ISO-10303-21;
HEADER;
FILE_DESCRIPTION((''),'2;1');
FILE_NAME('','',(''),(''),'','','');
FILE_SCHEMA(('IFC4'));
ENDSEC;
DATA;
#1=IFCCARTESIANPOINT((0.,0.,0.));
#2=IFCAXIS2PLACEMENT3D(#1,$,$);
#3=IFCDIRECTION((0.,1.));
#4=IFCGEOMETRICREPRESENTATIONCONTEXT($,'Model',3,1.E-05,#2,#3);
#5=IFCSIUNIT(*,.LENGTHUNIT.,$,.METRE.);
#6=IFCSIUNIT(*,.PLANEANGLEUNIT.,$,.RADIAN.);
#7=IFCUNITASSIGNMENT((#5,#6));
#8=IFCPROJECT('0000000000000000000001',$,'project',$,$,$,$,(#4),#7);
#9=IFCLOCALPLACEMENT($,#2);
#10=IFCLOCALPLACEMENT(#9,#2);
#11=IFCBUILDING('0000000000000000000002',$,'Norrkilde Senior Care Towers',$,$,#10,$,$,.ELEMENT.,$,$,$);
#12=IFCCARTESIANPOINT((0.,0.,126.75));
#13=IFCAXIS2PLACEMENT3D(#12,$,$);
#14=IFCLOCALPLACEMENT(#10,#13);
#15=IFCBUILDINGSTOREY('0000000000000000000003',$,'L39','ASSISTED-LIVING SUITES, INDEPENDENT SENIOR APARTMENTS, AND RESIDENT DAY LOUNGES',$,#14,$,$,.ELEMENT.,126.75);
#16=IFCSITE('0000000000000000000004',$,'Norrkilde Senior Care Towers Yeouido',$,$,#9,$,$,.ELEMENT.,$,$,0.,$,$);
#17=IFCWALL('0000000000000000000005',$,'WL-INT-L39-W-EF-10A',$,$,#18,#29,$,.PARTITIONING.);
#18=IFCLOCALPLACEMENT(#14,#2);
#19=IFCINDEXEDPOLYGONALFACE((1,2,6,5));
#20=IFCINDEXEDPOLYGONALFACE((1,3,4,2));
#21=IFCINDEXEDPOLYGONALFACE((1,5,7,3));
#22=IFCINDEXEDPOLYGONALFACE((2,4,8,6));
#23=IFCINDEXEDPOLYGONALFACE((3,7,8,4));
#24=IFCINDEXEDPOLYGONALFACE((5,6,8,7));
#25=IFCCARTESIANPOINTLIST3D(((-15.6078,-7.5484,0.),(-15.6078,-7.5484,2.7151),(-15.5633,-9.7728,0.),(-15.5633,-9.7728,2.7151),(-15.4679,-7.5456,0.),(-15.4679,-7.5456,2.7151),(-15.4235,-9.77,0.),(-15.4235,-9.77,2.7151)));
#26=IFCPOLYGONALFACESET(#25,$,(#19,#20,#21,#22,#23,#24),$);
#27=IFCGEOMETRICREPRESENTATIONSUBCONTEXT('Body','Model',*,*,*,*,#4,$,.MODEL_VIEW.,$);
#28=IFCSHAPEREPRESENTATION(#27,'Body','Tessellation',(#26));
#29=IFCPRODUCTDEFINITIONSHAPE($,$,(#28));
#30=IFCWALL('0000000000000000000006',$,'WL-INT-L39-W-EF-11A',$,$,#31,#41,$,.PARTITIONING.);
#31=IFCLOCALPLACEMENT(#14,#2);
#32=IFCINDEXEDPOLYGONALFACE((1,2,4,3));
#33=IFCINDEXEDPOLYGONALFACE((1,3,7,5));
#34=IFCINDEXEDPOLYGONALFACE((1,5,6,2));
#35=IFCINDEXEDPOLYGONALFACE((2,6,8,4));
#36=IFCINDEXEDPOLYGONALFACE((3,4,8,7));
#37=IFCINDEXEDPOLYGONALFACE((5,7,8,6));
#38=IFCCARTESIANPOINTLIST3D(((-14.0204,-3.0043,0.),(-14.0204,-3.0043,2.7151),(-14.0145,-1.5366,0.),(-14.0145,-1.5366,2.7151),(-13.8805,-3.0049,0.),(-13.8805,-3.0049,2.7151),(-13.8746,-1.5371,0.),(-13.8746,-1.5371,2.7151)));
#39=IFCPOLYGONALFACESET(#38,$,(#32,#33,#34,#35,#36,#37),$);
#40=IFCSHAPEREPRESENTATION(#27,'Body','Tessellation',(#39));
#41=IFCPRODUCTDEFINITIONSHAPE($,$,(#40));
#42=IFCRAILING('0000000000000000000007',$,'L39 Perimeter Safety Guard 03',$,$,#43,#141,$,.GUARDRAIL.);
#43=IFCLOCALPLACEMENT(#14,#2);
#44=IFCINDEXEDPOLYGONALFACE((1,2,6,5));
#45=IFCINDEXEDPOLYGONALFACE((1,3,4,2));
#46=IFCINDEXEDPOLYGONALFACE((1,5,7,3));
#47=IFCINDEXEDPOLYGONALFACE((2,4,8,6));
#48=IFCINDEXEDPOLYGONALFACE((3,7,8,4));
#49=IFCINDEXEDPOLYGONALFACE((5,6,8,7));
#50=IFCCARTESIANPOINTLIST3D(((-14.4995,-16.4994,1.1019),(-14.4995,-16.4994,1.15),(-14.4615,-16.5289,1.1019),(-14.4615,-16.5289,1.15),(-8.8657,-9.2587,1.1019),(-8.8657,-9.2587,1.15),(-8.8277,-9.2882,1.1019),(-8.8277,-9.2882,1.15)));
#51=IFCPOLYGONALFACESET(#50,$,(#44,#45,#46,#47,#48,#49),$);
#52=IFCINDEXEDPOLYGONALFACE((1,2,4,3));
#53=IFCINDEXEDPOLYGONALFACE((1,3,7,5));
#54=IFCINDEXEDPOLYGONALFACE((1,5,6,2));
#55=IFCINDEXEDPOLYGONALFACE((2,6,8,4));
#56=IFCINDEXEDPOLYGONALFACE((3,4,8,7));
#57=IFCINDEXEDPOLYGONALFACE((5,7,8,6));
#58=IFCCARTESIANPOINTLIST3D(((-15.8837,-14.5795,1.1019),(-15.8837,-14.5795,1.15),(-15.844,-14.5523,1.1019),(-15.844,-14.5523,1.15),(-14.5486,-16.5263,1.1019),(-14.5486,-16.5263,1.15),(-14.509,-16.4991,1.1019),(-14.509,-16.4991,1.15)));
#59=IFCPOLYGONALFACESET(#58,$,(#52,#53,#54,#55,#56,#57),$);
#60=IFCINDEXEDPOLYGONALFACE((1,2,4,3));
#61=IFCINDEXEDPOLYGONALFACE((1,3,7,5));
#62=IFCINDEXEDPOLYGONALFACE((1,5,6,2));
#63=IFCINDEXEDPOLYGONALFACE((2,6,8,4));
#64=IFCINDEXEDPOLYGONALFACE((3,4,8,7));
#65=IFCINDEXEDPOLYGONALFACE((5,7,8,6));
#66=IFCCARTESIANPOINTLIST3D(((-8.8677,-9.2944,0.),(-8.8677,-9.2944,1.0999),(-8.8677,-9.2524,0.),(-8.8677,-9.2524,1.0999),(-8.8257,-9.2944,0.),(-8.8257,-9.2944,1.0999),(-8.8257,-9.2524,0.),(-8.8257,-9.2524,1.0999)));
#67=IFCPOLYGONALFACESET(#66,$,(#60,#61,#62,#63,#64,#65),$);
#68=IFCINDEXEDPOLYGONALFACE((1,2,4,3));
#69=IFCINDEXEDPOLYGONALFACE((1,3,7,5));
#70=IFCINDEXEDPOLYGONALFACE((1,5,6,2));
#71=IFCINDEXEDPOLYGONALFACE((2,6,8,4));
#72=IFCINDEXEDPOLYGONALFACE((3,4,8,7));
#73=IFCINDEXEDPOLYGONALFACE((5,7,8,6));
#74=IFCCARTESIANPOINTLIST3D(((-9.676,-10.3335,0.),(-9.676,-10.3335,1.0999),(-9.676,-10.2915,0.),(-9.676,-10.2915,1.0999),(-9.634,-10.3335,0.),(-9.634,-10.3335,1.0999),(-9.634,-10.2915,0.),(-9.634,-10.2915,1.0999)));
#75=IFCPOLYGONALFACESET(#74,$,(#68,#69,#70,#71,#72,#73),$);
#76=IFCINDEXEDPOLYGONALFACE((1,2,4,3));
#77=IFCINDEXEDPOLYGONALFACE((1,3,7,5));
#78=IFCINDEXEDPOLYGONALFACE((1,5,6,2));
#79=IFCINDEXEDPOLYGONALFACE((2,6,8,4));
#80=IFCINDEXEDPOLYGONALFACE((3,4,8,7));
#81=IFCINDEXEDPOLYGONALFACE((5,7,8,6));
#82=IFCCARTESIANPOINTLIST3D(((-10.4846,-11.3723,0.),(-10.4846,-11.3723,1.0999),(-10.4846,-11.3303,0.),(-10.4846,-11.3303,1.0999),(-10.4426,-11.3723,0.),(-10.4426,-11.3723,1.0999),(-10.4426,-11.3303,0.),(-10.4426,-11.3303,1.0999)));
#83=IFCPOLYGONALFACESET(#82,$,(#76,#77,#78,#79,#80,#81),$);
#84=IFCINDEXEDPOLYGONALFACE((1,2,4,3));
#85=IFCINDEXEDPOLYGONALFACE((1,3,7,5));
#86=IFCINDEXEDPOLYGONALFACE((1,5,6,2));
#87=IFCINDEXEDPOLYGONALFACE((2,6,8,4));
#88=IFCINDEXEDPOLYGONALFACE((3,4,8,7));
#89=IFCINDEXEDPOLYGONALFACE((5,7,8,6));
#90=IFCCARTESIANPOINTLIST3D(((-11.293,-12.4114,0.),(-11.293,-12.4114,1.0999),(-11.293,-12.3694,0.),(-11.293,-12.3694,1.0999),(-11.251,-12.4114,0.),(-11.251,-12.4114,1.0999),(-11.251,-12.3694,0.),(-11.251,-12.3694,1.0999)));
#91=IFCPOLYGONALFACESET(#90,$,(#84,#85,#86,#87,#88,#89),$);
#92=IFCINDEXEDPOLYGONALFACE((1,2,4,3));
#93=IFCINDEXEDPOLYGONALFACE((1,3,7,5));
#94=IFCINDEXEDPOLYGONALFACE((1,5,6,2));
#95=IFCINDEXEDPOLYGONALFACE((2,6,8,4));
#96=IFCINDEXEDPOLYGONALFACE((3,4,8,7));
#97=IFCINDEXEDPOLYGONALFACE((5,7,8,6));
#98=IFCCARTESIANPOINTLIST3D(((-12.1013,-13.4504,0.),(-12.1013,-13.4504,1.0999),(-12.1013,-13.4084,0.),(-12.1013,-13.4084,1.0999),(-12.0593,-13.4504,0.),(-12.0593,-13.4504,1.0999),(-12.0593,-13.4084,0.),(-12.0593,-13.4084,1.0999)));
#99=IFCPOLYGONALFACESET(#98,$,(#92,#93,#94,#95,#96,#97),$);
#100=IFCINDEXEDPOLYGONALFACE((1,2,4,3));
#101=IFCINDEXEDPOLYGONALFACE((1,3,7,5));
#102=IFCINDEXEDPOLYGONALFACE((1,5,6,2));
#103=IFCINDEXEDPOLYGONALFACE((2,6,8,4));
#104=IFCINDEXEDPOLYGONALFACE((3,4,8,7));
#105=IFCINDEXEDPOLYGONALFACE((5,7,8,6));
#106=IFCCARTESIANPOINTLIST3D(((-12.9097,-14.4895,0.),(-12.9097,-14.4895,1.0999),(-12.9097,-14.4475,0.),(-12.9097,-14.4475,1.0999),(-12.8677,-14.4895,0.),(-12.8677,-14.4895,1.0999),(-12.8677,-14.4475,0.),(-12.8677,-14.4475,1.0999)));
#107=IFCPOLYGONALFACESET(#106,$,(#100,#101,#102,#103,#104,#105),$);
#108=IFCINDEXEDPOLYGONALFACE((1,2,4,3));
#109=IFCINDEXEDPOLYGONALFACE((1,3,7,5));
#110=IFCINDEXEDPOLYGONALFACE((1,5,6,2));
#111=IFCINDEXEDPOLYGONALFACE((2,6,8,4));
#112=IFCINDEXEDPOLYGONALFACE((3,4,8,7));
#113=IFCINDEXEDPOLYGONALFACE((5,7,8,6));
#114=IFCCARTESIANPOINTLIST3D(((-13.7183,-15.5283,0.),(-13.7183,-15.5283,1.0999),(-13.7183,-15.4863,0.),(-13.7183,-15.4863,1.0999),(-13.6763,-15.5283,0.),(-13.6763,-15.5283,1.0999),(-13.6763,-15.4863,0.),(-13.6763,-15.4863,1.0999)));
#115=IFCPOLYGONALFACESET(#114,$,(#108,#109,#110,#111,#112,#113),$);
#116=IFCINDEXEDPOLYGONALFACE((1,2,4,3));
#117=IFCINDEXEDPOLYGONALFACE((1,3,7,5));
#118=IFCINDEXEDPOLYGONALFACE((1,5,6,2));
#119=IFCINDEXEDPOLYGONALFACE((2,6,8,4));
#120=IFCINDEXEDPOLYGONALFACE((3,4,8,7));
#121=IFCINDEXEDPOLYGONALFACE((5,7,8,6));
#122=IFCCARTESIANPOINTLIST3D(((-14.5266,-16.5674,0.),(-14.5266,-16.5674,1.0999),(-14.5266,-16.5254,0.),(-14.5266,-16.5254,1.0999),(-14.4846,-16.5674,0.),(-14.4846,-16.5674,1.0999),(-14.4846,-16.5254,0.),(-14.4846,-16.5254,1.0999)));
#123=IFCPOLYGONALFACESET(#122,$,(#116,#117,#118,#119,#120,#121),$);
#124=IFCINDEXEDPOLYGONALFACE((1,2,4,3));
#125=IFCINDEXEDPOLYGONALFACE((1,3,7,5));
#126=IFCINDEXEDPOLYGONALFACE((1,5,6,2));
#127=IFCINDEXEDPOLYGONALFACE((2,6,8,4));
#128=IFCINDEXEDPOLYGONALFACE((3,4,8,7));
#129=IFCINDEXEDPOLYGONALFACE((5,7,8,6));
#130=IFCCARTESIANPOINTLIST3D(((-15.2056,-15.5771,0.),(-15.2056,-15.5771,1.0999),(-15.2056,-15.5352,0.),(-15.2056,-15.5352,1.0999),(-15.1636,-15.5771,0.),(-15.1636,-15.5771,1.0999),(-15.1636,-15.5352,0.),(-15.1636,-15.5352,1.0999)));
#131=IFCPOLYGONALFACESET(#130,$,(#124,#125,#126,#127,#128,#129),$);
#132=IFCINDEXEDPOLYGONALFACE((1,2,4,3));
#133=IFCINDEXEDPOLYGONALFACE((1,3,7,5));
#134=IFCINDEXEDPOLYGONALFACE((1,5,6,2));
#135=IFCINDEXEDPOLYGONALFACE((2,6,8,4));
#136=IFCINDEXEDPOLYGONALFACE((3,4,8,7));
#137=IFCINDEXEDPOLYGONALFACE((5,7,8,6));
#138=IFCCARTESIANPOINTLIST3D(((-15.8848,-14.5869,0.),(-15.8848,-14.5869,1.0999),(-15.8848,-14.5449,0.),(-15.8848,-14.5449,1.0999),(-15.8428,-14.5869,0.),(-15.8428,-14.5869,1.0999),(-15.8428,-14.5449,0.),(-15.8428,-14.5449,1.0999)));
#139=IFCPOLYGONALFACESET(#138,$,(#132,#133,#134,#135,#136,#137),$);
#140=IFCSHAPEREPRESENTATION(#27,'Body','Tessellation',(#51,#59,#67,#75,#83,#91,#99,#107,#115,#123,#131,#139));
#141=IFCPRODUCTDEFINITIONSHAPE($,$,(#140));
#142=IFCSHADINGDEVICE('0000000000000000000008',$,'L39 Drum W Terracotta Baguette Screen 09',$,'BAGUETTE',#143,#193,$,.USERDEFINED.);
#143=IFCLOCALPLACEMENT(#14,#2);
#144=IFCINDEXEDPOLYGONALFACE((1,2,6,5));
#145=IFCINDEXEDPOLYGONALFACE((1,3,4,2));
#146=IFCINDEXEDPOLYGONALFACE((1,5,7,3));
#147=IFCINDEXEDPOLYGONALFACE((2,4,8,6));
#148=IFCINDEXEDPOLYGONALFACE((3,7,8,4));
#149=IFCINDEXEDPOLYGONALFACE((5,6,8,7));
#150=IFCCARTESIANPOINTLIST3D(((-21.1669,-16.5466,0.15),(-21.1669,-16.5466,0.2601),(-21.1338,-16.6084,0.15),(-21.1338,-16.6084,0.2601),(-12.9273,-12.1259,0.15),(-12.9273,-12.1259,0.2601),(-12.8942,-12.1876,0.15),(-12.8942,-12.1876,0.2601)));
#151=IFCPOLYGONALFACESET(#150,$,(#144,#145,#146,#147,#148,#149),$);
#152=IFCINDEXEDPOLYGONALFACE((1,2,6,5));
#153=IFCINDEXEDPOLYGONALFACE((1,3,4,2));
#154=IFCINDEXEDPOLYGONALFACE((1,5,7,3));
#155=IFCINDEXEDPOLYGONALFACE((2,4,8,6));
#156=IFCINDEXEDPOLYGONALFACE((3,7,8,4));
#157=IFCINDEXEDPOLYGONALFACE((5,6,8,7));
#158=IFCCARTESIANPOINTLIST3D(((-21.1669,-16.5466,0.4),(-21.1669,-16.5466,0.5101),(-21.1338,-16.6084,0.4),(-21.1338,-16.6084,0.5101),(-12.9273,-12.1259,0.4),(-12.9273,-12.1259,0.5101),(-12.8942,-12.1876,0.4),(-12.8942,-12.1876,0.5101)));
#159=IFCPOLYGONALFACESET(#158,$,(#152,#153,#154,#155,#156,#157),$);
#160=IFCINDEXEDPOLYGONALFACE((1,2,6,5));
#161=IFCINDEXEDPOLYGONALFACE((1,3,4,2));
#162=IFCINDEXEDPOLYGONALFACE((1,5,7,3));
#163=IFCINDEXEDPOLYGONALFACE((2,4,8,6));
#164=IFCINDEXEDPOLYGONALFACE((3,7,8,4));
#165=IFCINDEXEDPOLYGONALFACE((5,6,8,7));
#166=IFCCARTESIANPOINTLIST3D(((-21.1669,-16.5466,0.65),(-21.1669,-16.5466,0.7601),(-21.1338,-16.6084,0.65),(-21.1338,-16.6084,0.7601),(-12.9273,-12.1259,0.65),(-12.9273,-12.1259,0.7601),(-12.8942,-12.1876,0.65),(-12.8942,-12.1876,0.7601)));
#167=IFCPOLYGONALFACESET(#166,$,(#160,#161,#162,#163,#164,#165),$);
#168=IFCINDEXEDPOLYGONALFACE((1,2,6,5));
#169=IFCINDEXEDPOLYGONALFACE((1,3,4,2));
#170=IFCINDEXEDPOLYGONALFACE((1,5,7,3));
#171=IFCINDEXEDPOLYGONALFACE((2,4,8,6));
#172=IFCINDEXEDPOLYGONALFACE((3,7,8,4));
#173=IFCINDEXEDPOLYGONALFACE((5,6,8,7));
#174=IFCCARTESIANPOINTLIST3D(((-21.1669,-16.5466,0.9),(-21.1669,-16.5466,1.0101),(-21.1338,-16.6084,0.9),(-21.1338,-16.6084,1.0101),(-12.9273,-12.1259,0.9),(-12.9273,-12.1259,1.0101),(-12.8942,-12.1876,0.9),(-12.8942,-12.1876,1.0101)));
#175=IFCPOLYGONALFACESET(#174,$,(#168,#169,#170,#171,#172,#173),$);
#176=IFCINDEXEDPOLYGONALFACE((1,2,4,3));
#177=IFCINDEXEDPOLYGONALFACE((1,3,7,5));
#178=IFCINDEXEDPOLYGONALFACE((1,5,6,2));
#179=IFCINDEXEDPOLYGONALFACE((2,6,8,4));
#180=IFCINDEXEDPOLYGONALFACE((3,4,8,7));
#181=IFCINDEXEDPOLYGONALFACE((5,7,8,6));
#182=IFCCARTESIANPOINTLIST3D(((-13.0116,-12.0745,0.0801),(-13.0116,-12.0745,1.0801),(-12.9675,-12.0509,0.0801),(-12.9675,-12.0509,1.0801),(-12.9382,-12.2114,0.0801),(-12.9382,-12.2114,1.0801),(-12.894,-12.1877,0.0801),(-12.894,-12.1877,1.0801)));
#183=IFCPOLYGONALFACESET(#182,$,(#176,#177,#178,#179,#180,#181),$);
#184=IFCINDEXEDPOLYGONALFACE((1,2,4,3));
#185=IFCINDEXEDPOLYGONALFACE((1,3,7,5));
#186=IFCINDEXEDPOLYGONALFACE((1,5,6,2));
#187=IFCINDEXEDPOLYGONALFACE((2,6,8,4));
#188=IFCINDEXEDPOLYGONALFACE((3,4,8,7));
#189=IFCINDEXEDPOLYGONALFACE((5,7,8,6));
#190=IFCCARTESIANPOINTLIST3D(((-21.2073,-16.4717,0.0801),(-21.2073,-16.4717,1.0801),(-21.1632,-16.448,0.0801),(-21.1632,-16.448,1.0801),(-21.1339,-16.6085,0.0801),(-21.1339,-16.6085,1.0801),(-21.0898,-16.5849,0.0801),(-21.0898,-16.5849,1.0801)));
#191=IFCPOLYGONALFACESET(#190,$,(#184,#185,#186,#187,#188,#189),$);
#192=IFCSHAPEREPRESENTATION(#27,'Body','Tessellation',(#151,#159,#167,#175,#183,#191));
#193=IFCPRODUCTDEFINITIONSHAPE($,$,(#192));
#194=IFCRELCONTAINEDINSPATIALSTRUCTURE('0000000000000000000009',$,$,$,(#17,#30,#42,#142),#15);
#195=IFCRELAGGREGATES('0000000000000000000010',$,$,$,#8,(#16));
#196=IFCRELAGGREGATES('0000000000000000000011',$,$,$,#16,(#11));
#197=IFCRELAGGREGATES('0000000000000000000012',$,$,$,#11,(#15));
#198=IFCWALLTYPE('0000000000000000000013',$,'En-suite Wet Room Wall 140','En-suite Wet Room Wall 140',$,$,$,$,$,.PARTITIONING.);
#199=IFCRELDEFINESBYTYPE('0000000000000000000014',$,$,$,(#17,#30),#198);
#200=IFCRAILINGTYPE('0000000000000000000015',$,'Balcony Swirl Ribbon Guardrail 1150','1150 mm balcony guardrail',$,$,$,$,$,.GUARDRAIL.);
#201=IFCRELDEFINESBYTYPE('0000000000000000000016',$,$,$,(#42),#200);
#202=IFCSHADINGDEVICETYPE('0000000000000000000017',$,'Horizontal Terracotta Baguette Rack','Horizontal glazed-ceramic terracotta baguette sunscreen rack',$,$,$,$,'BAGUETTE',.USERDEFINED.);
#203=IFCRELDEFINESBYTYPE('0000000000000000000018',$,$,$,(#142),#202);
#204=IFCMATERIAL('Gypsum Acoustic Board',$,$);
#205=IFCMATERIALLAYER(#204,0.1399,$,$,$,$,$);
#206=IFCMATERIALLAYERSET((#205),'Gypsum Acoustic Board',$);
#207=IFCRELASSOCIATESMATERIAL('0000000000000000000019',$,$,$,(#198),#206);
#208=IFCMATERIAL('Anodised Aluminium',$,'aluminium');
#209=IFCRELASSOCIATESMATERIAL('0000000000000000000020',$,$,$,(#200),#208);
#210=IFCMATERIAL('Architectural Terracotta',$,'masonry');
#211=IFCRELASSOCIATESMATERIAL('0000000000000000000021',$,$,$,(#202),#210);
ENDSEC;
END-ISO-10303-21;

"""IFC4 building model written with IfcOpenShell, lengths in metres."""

from ifc_helpers import new_model, si_unit, direction, frame, frame_2d, origin, origin_2d, place, context, subcontext, project, spatial, rectangle, extrude, source, transform, mapped, material, layer, layer_set, type_object, type_shapes, element, save


model = new_model("IFC4")

# Units and contexts
model_context = context("Model", 3, precision=1e-05, world=origin(), true_north=direction((0.0, 1.0)))
body_context = subcontext(model_context, "Body", "Model", "MODEL_VIEW")
ifc_project = project(units=[si_unit("LENGTHUNIT", "METRE"), si_unit("PLANEANGLEUNIT", "RADIAN")], contexts=[model_context])

# Site, building, storey
site_placement = place(None, origin())
site = spatial("IfcSite", under=ifc_project, at=site_placement, Name="Norrkilde Senior Care Towers Yeouido", CompositionType="ELEMENT", RefElevation=0.0)
building_placement = place(site_placement, origin())
building = spatial("IfcBuilding", under=site, at=building_placement, Name="Norrkilde Senior Care Towers", CompositionType="ELEMENT")
storey_placement = place(building_placement, frame((0.0, 0.0, 126.75)))
storey = spatial("IfcBuildingStorey", under=building, at=storey_placement, Name="L39", Description="ASSISTED-LIVING SUITES, INDEPENDENT SENIOR APARTMENTS, AND RESIDENT DAY LOUNGES", CompositionType="ELEMENT", Elevation=126.75)

# Shared definitions
ifc_material_1 = material(Name="Anodised Aluminium", Category="aluminium")

# Shared definitions
ifc_material_2 = material(Name="Gypsum Acoustic Board")

# Shared definitions
ifc_layer_1 = layer(ifc_material_2, 0.1399)
ifc_layer_set_1 = layer_set([ifc_layer_1], Name="Gypsum Acoustic Board")
wall_type_1 = type_object("IfcWallType", Name="En-suite Wet Room Wall 140", Description="En-suite Wet Room Wall 140", PredefinedType="PARTITIONING", material=ifc_layer_set_1)

# Walls
shared_shape_1 = source(origin(), body_context, "Body", "SweptSolid", [
    extrude(rectangle(XDim=2.2249, YDim=0.1399, at=frame_2d((1.1123, 0.0))), origin(), (0.0, 0.0, 1.0), 2.7151),
])
wall_1_placement = place(storey_placement, frame((-15.5378, -7.5471, 0.0), z_axis=(0.0, 0.0, 1.0), x_axis=(0.019972, -0.999801, 0.0)))
element("IfcWall", 1, at=wall_1_placement, inside=storey, type_object=wall_type_1, Name="WL-INT-L39-W-EF-10A", PredefinedType="PARTITIONING", context=body_context, shape_type="MappedRepresentation", body=[
    mapped(shared_shape_1, transform((0.0, 0.0, 0.0), x_axis=(1.0, 0.0, 0.0), y_axis=(0.0, 1.0, 0.0), z_axis=(0.0, 0.0, 1.0), scale=1.0)),
])
shared_shape_2 = source(origin(), body_context, "Body", "SweptSolid", [
    extrude(rectangle(XDim=1.4678, YDim=0.1399, at=frame_2d((0.7339, 0.0))), origin(), (0.0, 0.0, 1.0), 2.7151),
])
wall_2_placement = place(storey_placement, frame((-13.9446, -1.5369, 0.0), z_axis=(0.0, 0.0, 1.0), x_axis=(-0.003992, -0.999992, 0.0)))
element("IfcWall", 2, at=wall_2_placement, inside=storey, type_object=wall_type_1, Name="WL-INT-L39-W-EF-11A", PredefinedType="PARTITIONING", context=body_context, shape_type="MappedRepresentation", body=[
    mapped(shared_shape_2, transform((0.0, 0.0, 0.0), x_axis=(1.0, 0.0, 0.0), y_axis=(0.0, 1.0, 0.0), z_axis=(0.0, 0.0, 1.0), scale=1.0)),
])

# Railing
railing_type = type_object("IfcRailingType", Name="Balcony Swirl Ribbon Guardrail 1150", Description="1150 mm balcony guardrail", PredefinedType="GUARDRAIL", material=ifc_material_1)
railing_placement = place(storey_placement, frame((-8.8467, -9.2734, 0.0)))
element("IfcRailing", 3, at=railing_placement, inside=storey, type_object=railing_type, Name="L39 Perimeter Safety Guard 03", PredefinedType="GUARDRAIL", context=body_context, shape_type="SweptSolid", body=[
    extrude(rectangle(XDim=0.0481, YDim=0.0481, at=origin_2d()), frame((0.0, 0.0, 1.126), z_axis=(-0.614089, -0.789237, 0.0), x_axis=(0.789237, -0.614089, 0.0)), (0.0, 0.0, 1.0), 9.1743),
    extrude(rectangle(XDim=0.0481, YDim=0.0481, at=origin_2d()), frame((-5.6821, -7.2393, 1.126), z_axis=(-0.565562, 0.824706, 0.0), x_axis=(-0.824706, -0.565562, 0.0)), (0.0, 0.0, 1.0), 2.3606),
    extrude(rectangle(XDim=0.042, YDim=0.042, at=origin_2d()), origin(), (0.0, 0.0, 1.0), 1.0999),
    extrude(rectangle(XDim=0.042, YDim=0.042, at=origin_2d()), frame((-0.8083, -1.0391, 0.0)), (0.0, 0.0, 1.0), 1.0999),
    extrude(rectangle(XDim=0.042, YDim=0.042, at=origin_2d()), frame((-1.6169, -2.0779, 0.0)), (0.0, 0.0, 1.0), 1.0999),
    extrude(rectangle(XDim=0.042, YDim=0.042, at=origin_2d()), frame((-2.4253, -3.1169, 0.0)), (0.0, 0.0, 1.0), 1.0999),
    extrude(rectangle(XDim=0.042, YDim=0.042, at=origin_2d()), frame((-3.2336, -4.156, 0.0)), (0.0, 0.0, 1.0), 1.0999),
    extrude(rectangle(XDim=0.042, YDim=0.042, at=origin_2d()), frame((-4.042, -5.1951, 0.0)), (0.0, 0.0, 1.0), 1.0999),
    extrude(rectangle(XDim=0.042, YDim=0.042, at=origin_2d()), frame((-4.8506, -6.2339, 0.0)), (0.0, 0.0, 1.0), 1.0999),
    extrude(rectangle(XDim=0.042, YDim=0.042, at=origin_2d()), frame((-5.6589, -7.2729, 0.0)), (0.0, 0.0, 1.0), 1.0999),
    extrude(rectangle(XDim=0.042, YDim=0.042, at=origin_2d()), frame((-6.3379, -6.2827, 0.0)), (0.0, 0.0, 1.0), 1.0999),
    extrude(rectangle(XDim=0.042, YDim=0.042, at=origin_2d()), frame((-7.0171, -5.2925, 0.0)), (0.0, 0.0, 1.0), 1.0999),
])

# Shading device
ifc_material_3 = material(Name="Architectural Terracotta", Category="masonry")
shading_device_type = type_object("IfcShadingDeviceType", Name="Horizontal Terracotta Baguette Rack", Description="Horizontal glazed-ceramic terracotta baguette sunscreen rack", ElementType="BAGUETTE", PredefinedType="USERDEFINED", material=ifc_material_3)
shared_shape_3 = source(origin(), body_context, "Body", "SweptSolid", [
    extrude(rectangle(XDim=0.0701, YDim=0.1101, at=origin_2d()), frame((0.0, 0.0901, 0.125), z_axis=(1.0, 0.0, 0.0), x_axis=(0.0, 1.0, 0.0)), (0.0, 0.0, 1.0), 9.3506),
    extrude(rectangle(XDim=0.0701, YDim=0.1101, at=origin_2d()), frame((0.0, 0.0901, 0.375), z_axis=(1.0, 0.0, 0.0), x_axis=(0.0, 1.0, 0.0)), (0.0, 0.0, 1.0), 9.3506),
    extrude(rectangle(XDim=0.0701, YDim=0.1101, at=origin_2d()), frame((0.0, 0.0901, 0.625), z_axis=(1.0, 0.0, 0.0), x_axis=(0.0, 1.0, 0.0)), (0.0, 0.0, 1.0), 9.3506),
    extrude(rectangle(XDim=0.0701, YDim=0.1101, at=origin_2d()), frame((0.0, 0.0901, 0.875), z_axis=(1.0, 0.0, 0.0), x_axis=(0.0, 1.0, 0.0)), (0.0, 0.0, 1.0), 9.3506),
    extrude(rectangle(XDim=0.05, YDim=0.1553, at=origin_2d()), frame((0.0249, 0.0476, 0.0)), (0.0, 0.0, 1.0), 1.0),
    extrude(rectangle(XDim=0.05, YDim=0.1553, at=origin_2d()), frame((9.3257, 0.0476, 0.0)), (0.0, 0.0, 1.0), 1.0),
])
type_shapes(shading_device_type, [shared_shape_3])
shading_device_placement = place(storey_placement, frame((-12.9534, -12.0774, 0.0801), z_axis=(0.0, 0.0, 1.0), x_axis=(-0.881175, -0.472768, 0.0)))
element("IfcShadingDevice", 4, at=shading_device_placement, inside=storey, type_object=shading_device_type, Name="L39 Drum W Terracotta Baguette Screen 09", ObjectType="BAGUETTE", PredefinedType="USERDEFINED", context=body_context, shape_type="MappedRepresentation", body=[
    mapped(shared_shape_3, transform((0.0, 0.0, 0.0), x_axis=(1.0, 0.0, 0.0), y_axis=(0.0, 1.0, 0.0), z_axis=(0.0, 0.0, 1.0), scale=1.0)),
])

save(model, "model.ifc")
